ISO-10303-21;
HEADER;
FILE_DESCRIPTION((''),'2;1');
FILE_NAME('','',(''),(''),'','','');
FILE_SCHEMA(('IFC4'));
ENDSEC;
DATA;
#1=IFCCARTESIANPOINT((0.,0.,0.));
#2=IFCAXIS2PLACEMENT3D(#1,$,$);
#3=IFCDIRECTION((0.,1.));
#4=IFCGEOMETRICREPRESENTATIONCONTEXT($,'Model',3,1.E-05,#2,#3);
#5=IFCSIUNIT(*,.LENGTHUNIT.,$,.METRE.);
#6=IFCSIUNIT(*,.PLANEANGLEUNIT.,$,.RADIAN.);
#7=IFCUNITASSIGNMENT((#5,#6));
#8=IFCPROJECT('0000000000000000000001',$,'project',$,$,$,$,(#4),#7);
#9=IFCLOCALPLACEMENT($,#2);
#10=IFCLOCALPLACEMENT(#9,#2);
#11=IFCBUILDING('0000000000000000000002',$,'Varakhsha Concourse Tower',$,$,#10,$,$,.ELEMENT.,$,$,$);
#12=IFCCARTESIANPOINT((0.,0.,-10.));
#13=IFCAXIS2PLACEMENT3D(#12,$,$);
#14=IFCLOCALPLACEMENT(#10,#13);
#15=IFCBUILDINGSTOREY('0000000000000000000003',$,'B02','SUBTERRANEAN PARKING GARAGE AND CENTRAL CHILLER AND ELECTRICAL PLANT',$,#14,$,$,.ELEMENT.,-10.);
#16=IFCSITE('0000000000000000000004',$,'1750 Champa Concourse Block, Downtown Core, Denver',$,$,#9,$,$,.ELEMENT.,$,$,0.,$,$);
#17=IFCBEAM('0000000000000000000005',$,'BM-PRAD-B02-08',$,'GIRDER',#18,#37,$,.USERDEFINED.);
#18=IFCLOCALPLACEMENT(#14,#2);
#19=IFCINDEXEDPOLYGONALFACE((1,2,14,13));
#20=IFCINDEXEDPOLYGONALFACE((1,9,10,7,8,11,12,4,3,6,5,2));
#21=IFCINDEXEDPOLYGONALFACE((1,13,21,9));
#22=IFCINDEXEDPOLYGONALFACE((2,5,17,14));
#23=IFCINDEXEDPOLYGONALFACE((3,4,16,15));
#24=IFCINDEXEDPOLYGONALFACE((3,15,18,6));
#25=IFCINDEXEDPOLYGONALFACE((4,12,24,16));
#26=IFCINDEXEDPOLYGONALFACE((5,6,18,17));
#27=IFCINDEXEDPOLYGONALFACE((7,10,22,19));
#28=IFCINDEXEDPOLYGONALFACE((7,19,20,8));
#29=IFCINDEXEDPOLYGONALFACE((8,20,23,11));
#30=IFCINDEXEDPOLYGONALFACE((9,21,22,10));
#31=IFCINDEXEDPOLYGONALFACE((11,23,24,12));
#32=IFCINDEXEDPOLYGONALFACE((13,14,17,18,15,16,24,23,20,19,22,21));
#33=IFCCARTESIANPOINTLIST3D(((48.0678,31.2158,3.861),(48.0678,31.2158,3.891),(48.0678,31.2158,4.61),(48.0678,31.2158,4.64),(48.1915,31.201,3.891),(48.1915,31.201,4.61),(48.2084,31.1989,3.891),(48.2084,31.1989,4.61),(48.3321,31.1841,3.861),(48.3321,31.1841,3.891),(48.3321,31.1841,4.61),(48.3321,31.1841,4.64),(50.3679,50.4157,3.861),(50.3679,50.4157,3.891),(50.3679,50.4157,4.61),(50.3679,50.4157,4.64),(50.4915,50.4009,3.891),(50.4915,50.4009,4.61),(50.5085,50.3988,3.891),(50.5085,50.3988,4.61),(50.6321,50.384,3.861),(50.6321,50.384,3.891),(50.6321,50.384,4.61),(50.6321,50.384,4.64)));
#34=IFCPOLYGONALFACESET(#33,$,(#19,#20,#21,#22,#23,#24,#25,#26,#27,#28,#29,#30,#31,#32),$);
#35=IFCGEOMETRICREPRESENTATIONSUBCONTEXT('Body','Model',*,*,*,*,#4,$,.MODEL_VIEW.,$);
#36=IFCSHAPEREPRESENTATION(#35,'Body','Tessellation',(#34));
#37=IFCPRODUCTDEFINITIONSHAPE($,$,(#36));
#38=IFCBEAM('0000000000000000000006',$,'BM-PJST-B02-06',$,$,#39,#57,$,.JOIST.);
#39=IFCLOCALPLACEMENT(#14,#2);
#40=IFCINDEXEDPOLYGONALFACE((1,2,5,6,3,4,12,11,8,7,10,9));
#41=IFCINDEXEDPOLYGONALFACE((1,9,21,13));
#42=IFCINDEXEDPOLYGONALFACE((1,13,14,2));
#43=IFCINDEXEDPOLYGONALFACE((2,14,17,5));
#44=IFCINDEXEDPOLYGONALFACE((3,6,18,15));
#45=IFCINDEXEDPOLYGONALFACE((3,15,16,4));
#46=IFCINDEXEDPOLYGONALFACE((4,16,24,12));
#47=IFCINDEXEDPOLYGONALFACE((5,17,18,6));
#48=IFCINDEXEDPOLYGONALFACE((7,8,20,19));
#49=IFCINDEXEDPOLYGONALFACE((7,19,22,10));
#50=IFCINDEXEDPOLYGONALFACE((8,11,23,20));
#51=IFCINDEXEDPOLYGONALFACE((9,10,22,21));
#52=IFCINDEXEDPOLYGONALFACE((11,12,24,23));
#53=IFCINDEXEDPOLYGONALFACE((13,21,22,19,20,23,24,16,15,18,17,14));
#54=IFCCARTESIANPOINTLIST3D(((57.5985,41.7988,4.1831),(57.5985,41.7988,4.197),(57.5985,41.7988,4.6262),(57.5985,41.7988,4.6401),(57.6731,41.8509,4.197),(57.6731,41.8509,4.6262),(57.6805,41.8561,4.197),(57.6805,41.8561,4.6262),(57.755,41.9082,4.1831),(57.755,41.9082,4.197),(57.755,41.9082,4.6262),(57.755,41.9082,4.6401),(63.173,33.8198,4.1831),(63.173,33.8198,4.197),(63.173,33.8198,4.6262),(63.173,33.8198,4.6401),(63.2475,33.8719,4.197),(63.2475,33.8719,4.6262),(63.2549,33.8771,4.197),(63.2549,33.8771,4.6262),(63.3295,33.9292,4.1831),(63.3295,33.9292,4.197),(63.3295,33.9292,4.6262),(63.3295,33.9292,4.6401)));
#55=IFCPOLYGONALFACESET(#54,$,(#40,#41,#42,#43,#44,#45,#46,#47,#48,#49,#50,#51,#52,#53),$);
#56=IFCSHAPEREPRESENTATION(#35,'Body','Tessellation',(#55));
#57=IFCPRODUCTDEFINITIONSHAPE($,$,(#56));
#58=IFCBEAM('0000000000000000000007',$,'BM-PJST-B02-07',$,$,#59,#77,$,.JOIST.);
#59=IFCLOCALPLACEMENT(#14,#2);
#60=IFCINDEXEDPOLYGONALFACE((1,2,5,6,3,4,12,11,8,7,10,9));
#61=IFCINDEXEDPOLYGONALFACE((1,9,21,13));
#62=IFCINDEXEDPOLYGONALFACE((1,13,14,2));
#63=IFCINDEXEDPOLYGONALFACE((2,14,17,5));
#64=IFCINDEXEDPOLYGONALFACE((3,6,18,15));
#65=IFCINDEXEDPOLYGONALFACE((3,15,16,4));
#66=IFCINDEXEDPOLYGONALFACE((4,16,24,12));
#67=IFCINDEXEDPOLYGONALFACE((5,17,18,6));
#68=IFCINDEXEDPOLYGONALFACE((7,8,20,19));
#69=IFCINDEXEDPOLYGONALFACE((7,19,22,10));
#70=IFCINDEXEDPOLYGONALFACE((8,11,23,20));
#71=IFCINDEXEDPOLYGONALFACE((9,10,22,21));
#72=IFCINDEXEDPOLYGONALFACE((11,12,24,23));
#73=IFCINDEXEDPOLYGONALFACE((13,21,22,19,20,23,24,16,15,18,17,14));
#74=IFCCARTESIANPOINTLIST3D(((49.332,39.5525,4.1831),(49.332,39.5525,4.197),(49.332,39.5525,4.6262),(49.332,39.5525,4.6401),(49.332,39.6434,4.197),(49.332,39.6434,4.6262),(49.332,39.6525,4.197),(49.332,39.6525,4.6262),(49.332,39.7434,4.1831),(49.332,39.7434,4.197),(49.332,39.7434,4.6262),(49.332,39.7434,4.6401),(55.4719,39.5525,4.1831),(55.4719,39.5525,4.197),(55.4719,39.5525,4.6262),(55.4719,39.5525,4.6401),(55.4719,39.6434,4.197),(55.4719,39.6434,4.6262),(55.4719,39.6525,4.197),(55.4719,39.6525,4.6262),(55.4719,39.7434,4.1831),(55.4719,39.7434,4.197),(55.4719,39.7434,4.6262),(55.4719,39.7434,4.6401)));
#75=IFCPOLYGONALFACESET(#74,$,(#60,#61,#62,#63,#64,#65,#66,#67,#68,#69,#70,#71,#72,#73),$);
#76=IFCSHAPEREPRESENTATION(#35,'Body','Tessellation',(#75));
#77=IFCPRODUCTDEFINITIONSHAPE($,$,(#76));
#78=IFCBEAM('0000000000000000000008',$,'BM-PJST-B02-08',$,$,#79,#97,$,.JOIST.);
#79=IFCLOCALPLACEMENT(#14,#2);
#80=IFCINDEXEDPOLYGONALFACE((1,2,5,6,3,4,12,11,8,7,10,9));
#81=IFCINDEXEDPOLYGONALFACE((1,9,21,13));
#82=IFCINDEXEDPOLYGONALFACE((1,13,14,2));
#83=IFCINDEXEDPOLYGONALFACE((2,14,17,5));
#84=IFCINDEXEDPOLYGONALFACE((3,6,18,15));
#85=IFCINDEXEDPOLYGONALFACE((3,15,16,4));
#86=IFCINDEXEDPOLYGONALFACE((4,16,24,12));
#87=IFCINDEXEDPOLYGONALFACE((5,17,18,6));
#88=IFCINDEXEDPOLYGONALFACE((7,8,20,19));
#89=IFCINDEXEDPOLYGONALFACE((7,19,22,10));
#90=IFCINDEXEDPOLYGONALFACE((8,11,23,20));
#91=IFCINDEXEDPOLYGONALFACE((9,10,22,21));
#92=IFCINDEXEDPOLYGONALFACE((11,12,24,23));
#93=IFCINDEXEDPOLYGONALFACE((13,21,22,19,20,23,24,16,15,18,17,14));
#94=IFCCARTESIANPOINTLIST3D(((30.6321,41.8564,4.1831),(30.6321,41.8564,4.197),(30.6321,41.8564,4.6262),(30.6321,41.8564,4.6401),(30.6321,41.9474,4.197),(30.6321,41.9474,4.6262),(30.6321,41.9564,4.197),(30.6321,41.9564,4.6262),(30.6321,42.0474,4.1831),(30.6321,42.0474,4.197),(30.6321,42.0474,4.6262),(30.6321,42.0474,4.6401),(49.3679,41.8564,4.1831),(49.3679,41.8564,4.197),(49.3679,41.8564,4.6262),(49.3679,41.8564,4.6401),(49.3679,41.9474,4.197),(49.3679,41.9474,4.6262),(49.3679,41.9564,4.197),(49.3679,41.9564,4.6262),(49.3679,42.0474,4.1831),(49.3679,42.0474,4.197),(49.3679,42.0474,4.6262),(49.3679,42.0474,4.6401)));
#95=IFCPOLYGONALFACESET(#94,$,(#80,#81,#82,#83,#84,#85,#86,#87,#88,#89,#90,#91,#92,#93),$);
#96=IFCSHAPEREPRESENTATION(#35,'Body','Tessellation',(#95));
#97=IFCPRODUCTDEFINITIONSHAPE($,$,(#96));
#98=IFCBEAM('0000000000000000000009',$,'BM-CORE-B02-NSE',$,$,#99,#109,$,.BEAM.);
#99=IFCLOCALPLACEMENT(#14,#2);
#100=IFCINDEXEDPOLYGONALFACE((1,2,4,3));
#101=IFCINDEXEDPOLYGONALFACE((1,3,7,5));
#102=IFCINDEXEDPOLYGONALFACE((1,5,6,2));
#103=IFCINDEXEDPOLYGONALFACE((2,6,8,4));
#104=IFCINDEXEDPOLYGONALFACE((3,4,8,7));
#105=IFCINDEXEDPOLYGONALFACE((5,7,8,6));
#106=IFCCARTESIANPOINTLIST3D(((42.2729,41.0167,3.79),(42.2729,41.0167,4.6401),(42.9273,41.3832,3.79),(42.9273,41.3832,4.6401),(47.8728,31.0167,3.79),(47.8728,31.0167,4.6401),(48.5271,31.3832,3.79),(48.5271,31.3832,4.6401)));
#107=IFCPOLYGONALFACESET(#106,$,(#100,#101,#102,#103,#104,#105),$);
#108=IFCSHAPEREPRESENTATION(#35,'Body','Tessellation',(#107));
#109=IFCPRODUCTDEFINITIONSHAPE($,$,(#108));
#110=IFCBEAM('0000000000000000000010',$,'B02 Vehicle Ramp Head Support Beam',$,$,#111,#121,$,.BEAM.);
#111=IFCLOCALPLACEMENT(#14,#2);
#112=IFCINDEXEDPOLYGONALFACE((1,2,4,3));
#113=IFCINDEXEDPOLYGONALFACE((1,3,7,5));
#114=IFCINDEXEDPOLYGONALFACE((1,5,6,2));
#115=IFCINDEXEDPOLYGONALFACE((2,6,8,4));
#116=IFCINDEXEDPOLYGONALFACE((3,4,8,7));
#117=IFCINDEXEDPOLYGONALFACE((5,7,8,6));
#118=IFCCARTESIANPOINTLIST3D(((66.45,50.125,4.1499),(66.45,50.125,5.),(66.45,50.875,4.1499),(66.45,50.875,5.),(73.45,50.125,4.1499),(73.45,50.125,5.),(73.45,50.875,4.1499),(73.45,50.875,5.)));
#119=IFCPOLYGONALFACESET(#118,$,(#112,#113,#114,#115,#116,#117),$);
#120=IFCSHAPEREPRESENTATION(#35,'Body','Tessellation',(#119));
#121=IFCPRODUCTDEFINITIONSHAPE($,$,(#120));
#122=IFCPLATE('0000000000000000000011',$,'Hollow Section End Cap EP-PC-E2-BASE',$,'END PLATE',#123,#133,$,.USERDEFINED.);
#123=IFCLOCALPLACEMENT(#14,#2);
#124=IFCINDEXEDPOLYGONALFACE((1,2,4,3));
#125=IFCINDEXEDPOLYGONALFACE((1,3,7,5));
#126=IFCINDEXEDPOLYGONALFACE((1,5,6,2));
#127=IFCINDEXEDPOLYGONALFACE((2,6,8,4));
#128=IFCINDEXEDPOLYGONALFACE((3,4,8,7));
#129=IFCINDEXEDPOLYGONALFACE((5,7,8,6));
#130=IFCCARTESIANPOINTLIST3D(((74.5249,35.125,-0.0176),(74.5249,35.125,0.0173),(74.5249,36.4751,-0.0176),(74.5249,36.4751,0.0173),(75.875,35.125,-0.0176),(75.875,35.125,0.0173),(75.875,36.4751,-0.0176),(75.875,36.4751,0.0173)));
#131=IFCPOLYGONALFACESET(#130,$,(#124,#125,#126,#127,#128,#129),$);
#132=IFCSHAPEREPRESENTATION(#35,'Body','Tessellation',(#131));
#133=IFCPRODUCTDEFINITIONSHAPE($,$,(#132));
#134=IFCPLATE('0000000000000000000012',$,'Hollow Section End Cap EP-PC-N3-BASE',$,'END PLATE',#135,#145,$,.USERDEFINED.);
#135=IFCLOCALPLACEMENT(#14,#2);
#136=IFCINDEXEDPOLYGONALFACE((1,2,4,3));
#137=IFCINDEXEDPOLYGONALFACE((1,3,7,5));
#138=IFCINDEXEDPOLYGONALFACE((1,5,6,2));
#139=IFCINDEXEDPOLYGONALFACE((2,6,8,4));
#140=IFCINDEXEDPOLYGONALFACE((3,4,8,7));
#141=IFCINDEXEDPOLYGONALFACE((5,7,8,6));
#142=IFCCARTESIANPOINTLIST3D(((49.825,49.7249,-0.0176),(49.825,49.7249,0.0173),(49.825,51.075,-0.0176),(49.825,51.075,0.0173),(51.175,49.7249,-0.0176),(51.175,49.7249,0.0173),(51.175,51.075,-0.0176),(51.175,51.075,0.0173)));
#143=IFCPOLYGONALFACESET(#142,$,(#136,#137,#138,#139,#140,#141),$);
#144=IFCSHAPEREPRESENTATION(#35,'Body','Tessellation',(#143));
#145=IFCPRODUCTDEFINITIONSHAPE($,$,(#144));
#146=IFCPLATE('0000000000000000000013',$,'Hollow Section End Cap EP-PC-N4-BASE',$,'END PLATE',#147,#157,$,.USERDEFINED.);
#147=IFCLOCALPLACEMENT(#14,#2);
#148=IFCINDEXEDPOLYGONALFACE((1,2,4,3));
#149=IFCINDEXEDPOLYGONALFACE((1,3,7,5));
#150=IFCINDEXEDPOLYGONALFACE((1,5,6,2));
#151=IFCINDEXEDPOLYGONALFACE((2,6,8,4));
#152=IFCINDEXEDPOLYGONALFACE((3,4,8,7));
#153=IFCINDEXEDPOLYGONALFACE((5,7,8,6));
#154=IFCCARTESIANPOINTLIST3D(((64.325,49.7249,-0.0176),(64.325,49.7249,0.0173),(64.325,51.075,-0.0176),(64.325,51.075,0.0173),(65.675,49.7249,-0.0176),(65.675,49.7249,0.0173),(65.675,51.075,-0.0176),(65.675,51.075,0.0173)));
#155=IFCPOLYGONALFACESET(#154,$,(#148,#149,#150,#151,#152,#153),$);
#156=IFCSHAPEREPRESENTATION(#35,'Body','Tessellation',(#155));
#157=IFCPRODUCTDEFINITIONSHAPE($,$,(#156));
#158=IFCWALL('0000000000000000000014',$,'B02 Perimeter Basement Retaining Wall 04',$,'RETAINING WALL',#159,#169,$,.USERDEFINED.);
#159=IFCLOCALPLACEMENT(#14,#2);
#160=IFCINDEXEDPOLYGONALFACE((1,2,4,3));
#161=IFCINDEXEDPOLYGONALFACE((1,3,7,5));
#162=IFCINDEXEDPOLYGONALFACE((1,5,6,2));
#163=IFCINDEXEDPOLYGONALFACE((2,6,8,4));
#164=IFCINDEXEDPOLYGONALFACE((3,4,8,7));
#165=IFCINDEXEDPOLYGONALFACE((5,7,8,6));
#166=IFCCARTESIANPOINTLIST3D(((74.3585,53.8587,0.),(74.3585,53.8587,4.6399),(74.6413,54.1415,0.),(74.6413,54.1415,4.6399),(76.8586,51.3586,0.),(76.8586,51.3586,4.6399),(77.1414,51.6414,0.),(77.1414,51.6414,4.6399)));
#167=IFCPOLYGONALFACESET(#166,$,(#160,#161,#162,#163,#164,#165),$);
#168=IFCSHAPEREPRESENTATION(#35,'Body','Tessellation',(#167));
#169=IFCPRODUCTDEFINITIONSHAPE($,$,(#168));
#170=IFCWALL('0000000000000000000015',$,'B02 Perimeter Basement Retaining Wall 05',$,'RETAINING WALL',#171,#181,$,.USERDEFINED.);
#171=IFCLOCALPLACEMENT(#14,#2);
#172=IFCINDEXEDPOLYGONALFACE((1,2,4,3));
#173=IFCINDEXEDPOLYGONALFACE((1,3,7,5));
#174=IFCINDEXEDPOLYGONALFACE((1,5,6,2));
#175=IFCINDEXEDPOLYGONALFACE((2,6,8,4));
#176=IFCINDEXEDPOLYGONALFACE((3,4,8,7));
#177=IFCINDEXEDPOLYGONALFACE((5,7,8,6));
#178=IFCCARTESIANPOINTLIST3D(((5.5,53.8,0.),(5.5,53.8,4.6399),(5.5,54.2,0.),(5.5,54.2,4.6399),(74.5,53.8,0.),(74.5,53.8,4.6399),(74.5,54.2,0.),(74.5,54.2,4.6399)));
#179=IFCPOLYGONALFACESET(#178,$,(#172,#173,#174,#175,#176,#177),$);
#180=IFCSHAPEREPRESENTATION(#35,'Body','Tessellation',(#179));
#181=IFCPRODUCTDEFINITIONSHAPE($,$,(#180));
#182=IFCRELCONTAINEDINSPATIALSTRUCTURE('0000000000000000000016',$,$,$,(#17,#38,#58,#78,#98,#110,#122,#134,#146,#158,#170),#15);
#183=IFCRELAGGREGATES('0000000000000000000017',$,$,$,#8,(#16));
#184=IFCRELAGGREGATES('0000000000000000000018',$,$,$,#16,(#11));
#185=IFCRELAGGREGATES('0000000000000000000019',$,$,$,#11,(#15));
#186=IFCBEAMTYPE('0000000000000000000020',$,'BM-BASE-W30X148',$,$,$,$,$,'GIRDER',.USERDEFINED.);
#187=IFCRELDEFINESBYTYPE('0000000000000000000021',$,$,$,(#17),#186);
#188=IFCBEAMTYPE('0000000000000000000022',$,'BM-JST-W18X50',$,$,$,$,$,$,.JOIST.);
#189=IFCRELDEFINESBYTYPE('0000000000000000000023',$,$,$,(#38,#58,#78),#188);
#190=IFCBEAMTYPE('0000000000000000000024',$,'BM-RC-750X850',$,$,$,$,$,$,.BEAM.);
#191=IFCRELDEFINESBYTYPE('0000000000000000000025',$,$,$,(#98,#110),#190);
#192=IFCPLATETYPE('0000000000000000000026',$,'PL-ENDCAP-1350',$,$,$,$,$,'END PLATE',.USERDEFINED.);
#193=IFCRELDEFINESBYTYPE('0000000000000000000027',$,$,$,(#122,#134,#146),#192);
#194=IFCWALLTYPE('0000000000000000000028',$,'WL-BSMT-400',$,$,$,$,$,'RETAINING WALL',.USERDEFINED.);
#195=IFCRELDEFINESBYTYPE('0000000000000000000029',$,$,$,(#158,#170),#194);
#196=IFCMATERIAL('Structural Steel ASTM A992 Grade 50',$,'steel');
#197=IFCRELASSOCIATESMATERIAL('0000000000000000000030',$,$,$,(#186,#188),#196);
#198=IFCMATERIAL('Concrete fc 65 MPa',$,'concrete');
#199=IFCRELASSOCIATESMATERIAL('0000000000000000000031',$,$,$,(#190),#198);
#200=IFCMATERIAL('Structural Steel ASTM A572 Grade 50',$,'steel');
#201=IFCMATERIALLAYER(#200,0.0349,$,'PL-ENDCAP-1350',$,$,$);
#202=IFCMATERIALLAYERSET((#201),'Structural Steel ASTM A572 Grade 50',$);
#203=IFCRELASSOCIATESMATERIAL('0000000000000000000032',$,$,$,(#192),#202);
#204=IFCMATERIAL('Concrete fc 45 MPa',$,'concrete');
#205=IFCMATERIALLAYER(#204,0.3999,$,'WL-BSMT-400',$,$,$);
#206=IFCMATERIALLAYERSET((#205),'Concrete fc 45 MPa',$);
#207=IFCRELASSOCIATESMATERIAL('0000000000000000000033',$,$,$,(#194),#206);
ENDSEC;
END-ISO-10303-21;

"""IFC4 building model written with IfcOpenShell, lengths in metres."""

from ifc_helpers import new_model, si_unit, direction, frame, frame_2d, origin, origin_2d, place, context, subcontext, project, spatial, rectangle, i_section, extrude, source, transform, mapped, material, layer, layer_set, material_profile, profile_set, type_object, type_shapes, element, save


model = new_model("IFC4")

# Units and contexts
model_context = context("Model", 3, precision=1e-05, world=origin(), true_north=direction((0.0, 1.0)))
body_context = subcontext(model_context, "Body", "Model", "MODEL_VIEW")
ifc_project = project(units=[si_unit("LENGTHUNIT", "METRE"), si_unit("PLANEANGLEUNIT", "RADIAN")], contexts=[model_context])

# Site, building, storey
site_placement = place(None, origin())
site = spatial("IfcSite", under=ifc_project, at=site_placement, Name="1750 Champa Concourse Block, Downtown Core, Denver", CompositionType="ELEMENT", RefElevation=0.0)
building_placement = place(site_placement, origin())
building = spatial("IfcBuilding", under=site, at=building_placement, Name="Varakhsha Concourse Tower", CompositionType="ELEMENT")
storey_placement = place(building_placement, frame((0.0, 0.0, -10.0)))
storey = spatial("IfcBuildingStorey", under=building, at=storey_placement, Name="B02", Description="SUBTERRANEAN PARKING GARAGE AND CENTRAL CHILLER AND ELECTRICAL PLANT", CompositionType="ELEMENT", Elevation=-10.0)

# Shared definitions
ifc_material_1 = material(Name="Concrete fc 65 MPa", Category="concrete")

# Shared definitions
ifc_material_2 = material(Name="Structural Steel ASTM A992 Grade 50", Category="steel")
ifc_material_3 = material(Name="Structural Steel ASTM A572 Grade 50", Category="steel")

# Beams
ifc_material_profile_1 = material_profile(ifc_material_2, i_section(OverallWidth=0.2661, OverallDepth=0.7791, WebThickness=0.0171, FlangeThickness=0.03, at=origin_2d()), Name="W30X148")
ifc_profile_set_1 = profile_set([ifc_material_profile_1], Name="Structural Steel ASTM A992 Grade 50")
beam_type_1 = type_object("IfcBeamType", Name="BM-BASE-W30X148", ElementType="GIRDER", PredefinedType="USERDEFINED", material=ifc_profile_set_1)
beam_1_placement = place(storey_placement, frame((48.2, 31.2, 4.2505), z_axis=(0.118944, 0.992901, 0.0), x_axis=(-0.992901, 0.118944, 0.0)))
element("IfcBeam", 1, at=beam_1_placement, inside=storey, type_object=beam_type_1, Name="BM-PRAD-B02-08", ObjectType="GIRDER", PredefinedType="USERDEFINED", context=body_context, shape_type="SweptSolid", body=[
    extrude(i_section(OverallWidth=0.2661, OverallDepth=0.7791, WebThickness=0.0171, FlangeThickness=0.03, at=origin_2d()), origin(), (0.0, 0.0, 1.0), 19.3372),
])
ifc_material_profile_2 = material_profile(ifc_material_2, i_section(OverallWidth=0.1909, OverallDepth=0.457, WebThickness=0.009, FlangeThickness=0.0139, at=origin_2d()), Name="W18X50")
ifc_profile_set_2 = profile_set([ifc_material_profile_2], Name="Structural Steel ASTM A992 Grade 50")
beam_type_2 = type_object("IfcBeamType", Name="BM-JST-W18X50", PredefinedType="JOIST", material=ifc_profile_set_2)
beam_2_placement = place(storey_placement, frame((63.2512, 33.8745, 4.4116), z_axis=(-0.572715, 0.819755, 0.0), x_axis=(-0.819755, -0.572715, 0.0)))
element("IfcBeam", 2, at=beam_2_placement, inside=storey, type_object=beam_type_2, Name="BM-PJST-B02-06", PredefinedType="JOIST", context=body_context, shape_type="SweptSolid", body=[
    extrude(i_section(OverallWidth=0.1909, OverallDepth=0.457, WebThickness=0.009, FlangeThickness=0.0139, at=origin_2d()), origin(), (0.0, 0.0, 1.0), 9.7334),
])
beam_3_placement = place(storey_placement, frame((55.4719, 39.6479, 4.4116), z_axis=(-1.0, 0.0, 0.0), x_axis=(0.0, -1.0, 0.0)))
element("IfcBeam", 3, at=beam_3_placement, inside=storey, type_object=beam_type_2, Name="BM-PJST-B02-07", PredefinedType="JOIST", context=body_context, shape_type="SweptSolid", body=[
    extrude(i_section(OverallWidth=0.1909, OverallDepth=0.457, WebThickness=0.009, FlangeThickness=0.0139, at=origin_2d()), origin(), (0.0, 0.0, 1.0), 6.1399),
])
beam_4_placement = place(storey_placement, frame((49.3679, 41.9519, 4.4116), z_axis=(-1.0, 0.0, 0.0), x_axis=(0.0, -1.0, 0.0)))
element("IfcBeam", 4, at=beam_4_placement, inside=storey, type_object=beam_type_2, Name="BM-PJST-B02-08", PredefinedType="JOIST", context=body_context, shape_type="SweptSolid", body=[
    extrude(i_section(OverallWidth=0.1909, OverallDepth=0.457, WebThickness=0.009, FlangeThickness=0.0139, at=origin_2d()), origin(), (0.0, 0.0, 1.0), 18.7358),
])
ifc_material_profile_3 = material_profile(ifc_material_1, rectangle(XDim=0.75, YDim=0.8501, at=origin_2d()), Name="RC 750x850")
ifc_profile_set_3 = profile_set([ifc_material_profile_3], Name="Concrete fc 65 MPa")
beam_type_3 = type_object("IfcBeamType", Name="BM-RC-750X850", PredefinedType="BEAM", material=ifc_profile_set_3)
beam_5_placement = place(storey_placement, frame((48.2, 31.2, 4.2151), z_axis=(-0.488594, 0.872511, 0.0), x_axis=(-0.872511, -0.488594, 0.0)))
element("IfcBeam", 5, at=beam_5_placement, inside=storey, type_object=beam_type_3, Name="BM-CORE-B02-NSE", PredefinedType="BEAM", context=body_context, shape_type="SweptSolid", body=[
    extrude(rectangle(XDim=0.75, YDim=0.8501, at=origin_2d()), origin(), (0.0, 0.0, 1.0), 11.4612),
])
beam_6_placement = place(storey_placement, frame((66.45, 50.5, 4.575), z_axis=(1.0, 0.0, 0.0), x_axis=(0.0, 1.0, 0.0)))
element("IfcBeam", 6, at=beam_6_placement, inside=storey, type_object=beam_type_3, Name="B02 Vehicle Ramp Head Support Beam", PredefinedType="BEAM", context=body_context, shape_type="SweptSolid", body=[
    extrude(rectangle(XDim=0.75, YDim=0.8501, at=origin_2d()), origin(), (0.0, 0.0, 1.0), 7.0),
])

# Plates
ifc_layer_1 = layer(ifc_material_3, 0.0349, Name="PL-ENDCAP-1350")
ifc_layer_set_1 = layer_set([ifc_layer_1], Name="Structural Steel ASTM A572 Grade 50")
plate_type = type_object("IfcPlateType", Name="PL-ENDCAP-1350", ElementType="END PLATE", PredefinedType="USERDEFINED", material=ifc_layer_set_1)
shared_shape = source(origin(), body_context, "Body", "SweptSolid", [
    extrude(rectangle(XDim=1.3501, YDim=1.3501, at=origin_2d()), origin(), (0.0, 0.0, 1.0), 0.0349),
])
type_shapes(plate_type, [shared_shape])
for number, where, z_axis, x_axis, name in (
    (7, (75.2, 35.8, -0.0176), (0.0, 0.0, 1.0), (1.0, 0.0, 0.0), "Hollow Section End Cap EP-PC-E2-BASE"),
    (8, (50.5, 50.3999, -0.0176), (0.0, 0.0, 1.0), (1.0, 0.0, 0.0), "Hollow Section End Cap EP-PC-N3-BASE"),
    (9, (65.0, 50.3999, -0.0176), (0.0, 0.0, 1.0), (1.0, 0.0, 0.0), "Hollow Section End Cap EP-PC-N4-BASE"),
):
    element("IfcPlate", number, at=place(storey_placement, frame(where, z_axis=z_axis, x_axis=x_axis)), inside=storey, type_object=plate_type, Name=name, ObjectType="END PLATE", PredefinedType="USERDEFINED", context=body_context, shape_type="MappedRepresentation", body=[
        mapped(shared_shape, transform((0.0, 0.0, 0.0), scale=1.0)),
    ])

# Walls
ifc_material_4 = material(Name="Concrete fc 45 MPa", Category="concrete")
ifc_layer_2 = layer(ifc_material_4, 0.3999, Name="WL-BSMT-400")
ifc_layer_set_2 = layer_set([ifc_layer_2], Name="Concrete fc 45 MPa")
wall_type = type_object("IfcWallType", Name="WL-BSMT-400", ElementType="RETAINING WALL", PredefinedType="USERDEFINED", material=ifc_layer_set_2)
wall_1_placement = place(storey_placement, frame((77.0, 51.5, 0.0), z_axis=(0.0, 0.0, 1.0), x_axis=(-0.707107, 0.707107, 0.0)))
element("IfcWall", 10, at=wall_1_placement, inside=storey, type_object=wall_type, Name="B02 Perimeter Basement Retaining Wall 04", ObjectType="RETAINING WALL", PredefinedType="USERDEFINED", context=body_context, shape_type="SweptSolid", body=[
    extrude(rectangle(XDim=3.5356, YDim=0.3999, at=frame_2d((1.7678, 0.0))), origin(), (0.0, 0.0, 1.0), 4.6399),
])
wall_2_placement = place(storey_placement, frame((74.5, 54.0, 0.0), z_axis=(0.0, 0.0, 1.0), x_axis=(-1.0, 0.0, 0.0)))
element("IfcWall", 11, at=wall_2_placement, inside=storey, type_object=wall_type, Name="B02 Perimeter Basement Retaining Wall 05", ObjectType="RETAINING WALL", PredefinedType="USERDEFINED", context=body_context, shape_type="SweptSolid", body=[
    extrude(rectangle(XDim=69.0, YDim=0.3999, at=frame_2d((34.5, 0.0))), origin(), (0.0, 0.0, 1.0), 4.6399),
])

save(model, "model.ifc")
